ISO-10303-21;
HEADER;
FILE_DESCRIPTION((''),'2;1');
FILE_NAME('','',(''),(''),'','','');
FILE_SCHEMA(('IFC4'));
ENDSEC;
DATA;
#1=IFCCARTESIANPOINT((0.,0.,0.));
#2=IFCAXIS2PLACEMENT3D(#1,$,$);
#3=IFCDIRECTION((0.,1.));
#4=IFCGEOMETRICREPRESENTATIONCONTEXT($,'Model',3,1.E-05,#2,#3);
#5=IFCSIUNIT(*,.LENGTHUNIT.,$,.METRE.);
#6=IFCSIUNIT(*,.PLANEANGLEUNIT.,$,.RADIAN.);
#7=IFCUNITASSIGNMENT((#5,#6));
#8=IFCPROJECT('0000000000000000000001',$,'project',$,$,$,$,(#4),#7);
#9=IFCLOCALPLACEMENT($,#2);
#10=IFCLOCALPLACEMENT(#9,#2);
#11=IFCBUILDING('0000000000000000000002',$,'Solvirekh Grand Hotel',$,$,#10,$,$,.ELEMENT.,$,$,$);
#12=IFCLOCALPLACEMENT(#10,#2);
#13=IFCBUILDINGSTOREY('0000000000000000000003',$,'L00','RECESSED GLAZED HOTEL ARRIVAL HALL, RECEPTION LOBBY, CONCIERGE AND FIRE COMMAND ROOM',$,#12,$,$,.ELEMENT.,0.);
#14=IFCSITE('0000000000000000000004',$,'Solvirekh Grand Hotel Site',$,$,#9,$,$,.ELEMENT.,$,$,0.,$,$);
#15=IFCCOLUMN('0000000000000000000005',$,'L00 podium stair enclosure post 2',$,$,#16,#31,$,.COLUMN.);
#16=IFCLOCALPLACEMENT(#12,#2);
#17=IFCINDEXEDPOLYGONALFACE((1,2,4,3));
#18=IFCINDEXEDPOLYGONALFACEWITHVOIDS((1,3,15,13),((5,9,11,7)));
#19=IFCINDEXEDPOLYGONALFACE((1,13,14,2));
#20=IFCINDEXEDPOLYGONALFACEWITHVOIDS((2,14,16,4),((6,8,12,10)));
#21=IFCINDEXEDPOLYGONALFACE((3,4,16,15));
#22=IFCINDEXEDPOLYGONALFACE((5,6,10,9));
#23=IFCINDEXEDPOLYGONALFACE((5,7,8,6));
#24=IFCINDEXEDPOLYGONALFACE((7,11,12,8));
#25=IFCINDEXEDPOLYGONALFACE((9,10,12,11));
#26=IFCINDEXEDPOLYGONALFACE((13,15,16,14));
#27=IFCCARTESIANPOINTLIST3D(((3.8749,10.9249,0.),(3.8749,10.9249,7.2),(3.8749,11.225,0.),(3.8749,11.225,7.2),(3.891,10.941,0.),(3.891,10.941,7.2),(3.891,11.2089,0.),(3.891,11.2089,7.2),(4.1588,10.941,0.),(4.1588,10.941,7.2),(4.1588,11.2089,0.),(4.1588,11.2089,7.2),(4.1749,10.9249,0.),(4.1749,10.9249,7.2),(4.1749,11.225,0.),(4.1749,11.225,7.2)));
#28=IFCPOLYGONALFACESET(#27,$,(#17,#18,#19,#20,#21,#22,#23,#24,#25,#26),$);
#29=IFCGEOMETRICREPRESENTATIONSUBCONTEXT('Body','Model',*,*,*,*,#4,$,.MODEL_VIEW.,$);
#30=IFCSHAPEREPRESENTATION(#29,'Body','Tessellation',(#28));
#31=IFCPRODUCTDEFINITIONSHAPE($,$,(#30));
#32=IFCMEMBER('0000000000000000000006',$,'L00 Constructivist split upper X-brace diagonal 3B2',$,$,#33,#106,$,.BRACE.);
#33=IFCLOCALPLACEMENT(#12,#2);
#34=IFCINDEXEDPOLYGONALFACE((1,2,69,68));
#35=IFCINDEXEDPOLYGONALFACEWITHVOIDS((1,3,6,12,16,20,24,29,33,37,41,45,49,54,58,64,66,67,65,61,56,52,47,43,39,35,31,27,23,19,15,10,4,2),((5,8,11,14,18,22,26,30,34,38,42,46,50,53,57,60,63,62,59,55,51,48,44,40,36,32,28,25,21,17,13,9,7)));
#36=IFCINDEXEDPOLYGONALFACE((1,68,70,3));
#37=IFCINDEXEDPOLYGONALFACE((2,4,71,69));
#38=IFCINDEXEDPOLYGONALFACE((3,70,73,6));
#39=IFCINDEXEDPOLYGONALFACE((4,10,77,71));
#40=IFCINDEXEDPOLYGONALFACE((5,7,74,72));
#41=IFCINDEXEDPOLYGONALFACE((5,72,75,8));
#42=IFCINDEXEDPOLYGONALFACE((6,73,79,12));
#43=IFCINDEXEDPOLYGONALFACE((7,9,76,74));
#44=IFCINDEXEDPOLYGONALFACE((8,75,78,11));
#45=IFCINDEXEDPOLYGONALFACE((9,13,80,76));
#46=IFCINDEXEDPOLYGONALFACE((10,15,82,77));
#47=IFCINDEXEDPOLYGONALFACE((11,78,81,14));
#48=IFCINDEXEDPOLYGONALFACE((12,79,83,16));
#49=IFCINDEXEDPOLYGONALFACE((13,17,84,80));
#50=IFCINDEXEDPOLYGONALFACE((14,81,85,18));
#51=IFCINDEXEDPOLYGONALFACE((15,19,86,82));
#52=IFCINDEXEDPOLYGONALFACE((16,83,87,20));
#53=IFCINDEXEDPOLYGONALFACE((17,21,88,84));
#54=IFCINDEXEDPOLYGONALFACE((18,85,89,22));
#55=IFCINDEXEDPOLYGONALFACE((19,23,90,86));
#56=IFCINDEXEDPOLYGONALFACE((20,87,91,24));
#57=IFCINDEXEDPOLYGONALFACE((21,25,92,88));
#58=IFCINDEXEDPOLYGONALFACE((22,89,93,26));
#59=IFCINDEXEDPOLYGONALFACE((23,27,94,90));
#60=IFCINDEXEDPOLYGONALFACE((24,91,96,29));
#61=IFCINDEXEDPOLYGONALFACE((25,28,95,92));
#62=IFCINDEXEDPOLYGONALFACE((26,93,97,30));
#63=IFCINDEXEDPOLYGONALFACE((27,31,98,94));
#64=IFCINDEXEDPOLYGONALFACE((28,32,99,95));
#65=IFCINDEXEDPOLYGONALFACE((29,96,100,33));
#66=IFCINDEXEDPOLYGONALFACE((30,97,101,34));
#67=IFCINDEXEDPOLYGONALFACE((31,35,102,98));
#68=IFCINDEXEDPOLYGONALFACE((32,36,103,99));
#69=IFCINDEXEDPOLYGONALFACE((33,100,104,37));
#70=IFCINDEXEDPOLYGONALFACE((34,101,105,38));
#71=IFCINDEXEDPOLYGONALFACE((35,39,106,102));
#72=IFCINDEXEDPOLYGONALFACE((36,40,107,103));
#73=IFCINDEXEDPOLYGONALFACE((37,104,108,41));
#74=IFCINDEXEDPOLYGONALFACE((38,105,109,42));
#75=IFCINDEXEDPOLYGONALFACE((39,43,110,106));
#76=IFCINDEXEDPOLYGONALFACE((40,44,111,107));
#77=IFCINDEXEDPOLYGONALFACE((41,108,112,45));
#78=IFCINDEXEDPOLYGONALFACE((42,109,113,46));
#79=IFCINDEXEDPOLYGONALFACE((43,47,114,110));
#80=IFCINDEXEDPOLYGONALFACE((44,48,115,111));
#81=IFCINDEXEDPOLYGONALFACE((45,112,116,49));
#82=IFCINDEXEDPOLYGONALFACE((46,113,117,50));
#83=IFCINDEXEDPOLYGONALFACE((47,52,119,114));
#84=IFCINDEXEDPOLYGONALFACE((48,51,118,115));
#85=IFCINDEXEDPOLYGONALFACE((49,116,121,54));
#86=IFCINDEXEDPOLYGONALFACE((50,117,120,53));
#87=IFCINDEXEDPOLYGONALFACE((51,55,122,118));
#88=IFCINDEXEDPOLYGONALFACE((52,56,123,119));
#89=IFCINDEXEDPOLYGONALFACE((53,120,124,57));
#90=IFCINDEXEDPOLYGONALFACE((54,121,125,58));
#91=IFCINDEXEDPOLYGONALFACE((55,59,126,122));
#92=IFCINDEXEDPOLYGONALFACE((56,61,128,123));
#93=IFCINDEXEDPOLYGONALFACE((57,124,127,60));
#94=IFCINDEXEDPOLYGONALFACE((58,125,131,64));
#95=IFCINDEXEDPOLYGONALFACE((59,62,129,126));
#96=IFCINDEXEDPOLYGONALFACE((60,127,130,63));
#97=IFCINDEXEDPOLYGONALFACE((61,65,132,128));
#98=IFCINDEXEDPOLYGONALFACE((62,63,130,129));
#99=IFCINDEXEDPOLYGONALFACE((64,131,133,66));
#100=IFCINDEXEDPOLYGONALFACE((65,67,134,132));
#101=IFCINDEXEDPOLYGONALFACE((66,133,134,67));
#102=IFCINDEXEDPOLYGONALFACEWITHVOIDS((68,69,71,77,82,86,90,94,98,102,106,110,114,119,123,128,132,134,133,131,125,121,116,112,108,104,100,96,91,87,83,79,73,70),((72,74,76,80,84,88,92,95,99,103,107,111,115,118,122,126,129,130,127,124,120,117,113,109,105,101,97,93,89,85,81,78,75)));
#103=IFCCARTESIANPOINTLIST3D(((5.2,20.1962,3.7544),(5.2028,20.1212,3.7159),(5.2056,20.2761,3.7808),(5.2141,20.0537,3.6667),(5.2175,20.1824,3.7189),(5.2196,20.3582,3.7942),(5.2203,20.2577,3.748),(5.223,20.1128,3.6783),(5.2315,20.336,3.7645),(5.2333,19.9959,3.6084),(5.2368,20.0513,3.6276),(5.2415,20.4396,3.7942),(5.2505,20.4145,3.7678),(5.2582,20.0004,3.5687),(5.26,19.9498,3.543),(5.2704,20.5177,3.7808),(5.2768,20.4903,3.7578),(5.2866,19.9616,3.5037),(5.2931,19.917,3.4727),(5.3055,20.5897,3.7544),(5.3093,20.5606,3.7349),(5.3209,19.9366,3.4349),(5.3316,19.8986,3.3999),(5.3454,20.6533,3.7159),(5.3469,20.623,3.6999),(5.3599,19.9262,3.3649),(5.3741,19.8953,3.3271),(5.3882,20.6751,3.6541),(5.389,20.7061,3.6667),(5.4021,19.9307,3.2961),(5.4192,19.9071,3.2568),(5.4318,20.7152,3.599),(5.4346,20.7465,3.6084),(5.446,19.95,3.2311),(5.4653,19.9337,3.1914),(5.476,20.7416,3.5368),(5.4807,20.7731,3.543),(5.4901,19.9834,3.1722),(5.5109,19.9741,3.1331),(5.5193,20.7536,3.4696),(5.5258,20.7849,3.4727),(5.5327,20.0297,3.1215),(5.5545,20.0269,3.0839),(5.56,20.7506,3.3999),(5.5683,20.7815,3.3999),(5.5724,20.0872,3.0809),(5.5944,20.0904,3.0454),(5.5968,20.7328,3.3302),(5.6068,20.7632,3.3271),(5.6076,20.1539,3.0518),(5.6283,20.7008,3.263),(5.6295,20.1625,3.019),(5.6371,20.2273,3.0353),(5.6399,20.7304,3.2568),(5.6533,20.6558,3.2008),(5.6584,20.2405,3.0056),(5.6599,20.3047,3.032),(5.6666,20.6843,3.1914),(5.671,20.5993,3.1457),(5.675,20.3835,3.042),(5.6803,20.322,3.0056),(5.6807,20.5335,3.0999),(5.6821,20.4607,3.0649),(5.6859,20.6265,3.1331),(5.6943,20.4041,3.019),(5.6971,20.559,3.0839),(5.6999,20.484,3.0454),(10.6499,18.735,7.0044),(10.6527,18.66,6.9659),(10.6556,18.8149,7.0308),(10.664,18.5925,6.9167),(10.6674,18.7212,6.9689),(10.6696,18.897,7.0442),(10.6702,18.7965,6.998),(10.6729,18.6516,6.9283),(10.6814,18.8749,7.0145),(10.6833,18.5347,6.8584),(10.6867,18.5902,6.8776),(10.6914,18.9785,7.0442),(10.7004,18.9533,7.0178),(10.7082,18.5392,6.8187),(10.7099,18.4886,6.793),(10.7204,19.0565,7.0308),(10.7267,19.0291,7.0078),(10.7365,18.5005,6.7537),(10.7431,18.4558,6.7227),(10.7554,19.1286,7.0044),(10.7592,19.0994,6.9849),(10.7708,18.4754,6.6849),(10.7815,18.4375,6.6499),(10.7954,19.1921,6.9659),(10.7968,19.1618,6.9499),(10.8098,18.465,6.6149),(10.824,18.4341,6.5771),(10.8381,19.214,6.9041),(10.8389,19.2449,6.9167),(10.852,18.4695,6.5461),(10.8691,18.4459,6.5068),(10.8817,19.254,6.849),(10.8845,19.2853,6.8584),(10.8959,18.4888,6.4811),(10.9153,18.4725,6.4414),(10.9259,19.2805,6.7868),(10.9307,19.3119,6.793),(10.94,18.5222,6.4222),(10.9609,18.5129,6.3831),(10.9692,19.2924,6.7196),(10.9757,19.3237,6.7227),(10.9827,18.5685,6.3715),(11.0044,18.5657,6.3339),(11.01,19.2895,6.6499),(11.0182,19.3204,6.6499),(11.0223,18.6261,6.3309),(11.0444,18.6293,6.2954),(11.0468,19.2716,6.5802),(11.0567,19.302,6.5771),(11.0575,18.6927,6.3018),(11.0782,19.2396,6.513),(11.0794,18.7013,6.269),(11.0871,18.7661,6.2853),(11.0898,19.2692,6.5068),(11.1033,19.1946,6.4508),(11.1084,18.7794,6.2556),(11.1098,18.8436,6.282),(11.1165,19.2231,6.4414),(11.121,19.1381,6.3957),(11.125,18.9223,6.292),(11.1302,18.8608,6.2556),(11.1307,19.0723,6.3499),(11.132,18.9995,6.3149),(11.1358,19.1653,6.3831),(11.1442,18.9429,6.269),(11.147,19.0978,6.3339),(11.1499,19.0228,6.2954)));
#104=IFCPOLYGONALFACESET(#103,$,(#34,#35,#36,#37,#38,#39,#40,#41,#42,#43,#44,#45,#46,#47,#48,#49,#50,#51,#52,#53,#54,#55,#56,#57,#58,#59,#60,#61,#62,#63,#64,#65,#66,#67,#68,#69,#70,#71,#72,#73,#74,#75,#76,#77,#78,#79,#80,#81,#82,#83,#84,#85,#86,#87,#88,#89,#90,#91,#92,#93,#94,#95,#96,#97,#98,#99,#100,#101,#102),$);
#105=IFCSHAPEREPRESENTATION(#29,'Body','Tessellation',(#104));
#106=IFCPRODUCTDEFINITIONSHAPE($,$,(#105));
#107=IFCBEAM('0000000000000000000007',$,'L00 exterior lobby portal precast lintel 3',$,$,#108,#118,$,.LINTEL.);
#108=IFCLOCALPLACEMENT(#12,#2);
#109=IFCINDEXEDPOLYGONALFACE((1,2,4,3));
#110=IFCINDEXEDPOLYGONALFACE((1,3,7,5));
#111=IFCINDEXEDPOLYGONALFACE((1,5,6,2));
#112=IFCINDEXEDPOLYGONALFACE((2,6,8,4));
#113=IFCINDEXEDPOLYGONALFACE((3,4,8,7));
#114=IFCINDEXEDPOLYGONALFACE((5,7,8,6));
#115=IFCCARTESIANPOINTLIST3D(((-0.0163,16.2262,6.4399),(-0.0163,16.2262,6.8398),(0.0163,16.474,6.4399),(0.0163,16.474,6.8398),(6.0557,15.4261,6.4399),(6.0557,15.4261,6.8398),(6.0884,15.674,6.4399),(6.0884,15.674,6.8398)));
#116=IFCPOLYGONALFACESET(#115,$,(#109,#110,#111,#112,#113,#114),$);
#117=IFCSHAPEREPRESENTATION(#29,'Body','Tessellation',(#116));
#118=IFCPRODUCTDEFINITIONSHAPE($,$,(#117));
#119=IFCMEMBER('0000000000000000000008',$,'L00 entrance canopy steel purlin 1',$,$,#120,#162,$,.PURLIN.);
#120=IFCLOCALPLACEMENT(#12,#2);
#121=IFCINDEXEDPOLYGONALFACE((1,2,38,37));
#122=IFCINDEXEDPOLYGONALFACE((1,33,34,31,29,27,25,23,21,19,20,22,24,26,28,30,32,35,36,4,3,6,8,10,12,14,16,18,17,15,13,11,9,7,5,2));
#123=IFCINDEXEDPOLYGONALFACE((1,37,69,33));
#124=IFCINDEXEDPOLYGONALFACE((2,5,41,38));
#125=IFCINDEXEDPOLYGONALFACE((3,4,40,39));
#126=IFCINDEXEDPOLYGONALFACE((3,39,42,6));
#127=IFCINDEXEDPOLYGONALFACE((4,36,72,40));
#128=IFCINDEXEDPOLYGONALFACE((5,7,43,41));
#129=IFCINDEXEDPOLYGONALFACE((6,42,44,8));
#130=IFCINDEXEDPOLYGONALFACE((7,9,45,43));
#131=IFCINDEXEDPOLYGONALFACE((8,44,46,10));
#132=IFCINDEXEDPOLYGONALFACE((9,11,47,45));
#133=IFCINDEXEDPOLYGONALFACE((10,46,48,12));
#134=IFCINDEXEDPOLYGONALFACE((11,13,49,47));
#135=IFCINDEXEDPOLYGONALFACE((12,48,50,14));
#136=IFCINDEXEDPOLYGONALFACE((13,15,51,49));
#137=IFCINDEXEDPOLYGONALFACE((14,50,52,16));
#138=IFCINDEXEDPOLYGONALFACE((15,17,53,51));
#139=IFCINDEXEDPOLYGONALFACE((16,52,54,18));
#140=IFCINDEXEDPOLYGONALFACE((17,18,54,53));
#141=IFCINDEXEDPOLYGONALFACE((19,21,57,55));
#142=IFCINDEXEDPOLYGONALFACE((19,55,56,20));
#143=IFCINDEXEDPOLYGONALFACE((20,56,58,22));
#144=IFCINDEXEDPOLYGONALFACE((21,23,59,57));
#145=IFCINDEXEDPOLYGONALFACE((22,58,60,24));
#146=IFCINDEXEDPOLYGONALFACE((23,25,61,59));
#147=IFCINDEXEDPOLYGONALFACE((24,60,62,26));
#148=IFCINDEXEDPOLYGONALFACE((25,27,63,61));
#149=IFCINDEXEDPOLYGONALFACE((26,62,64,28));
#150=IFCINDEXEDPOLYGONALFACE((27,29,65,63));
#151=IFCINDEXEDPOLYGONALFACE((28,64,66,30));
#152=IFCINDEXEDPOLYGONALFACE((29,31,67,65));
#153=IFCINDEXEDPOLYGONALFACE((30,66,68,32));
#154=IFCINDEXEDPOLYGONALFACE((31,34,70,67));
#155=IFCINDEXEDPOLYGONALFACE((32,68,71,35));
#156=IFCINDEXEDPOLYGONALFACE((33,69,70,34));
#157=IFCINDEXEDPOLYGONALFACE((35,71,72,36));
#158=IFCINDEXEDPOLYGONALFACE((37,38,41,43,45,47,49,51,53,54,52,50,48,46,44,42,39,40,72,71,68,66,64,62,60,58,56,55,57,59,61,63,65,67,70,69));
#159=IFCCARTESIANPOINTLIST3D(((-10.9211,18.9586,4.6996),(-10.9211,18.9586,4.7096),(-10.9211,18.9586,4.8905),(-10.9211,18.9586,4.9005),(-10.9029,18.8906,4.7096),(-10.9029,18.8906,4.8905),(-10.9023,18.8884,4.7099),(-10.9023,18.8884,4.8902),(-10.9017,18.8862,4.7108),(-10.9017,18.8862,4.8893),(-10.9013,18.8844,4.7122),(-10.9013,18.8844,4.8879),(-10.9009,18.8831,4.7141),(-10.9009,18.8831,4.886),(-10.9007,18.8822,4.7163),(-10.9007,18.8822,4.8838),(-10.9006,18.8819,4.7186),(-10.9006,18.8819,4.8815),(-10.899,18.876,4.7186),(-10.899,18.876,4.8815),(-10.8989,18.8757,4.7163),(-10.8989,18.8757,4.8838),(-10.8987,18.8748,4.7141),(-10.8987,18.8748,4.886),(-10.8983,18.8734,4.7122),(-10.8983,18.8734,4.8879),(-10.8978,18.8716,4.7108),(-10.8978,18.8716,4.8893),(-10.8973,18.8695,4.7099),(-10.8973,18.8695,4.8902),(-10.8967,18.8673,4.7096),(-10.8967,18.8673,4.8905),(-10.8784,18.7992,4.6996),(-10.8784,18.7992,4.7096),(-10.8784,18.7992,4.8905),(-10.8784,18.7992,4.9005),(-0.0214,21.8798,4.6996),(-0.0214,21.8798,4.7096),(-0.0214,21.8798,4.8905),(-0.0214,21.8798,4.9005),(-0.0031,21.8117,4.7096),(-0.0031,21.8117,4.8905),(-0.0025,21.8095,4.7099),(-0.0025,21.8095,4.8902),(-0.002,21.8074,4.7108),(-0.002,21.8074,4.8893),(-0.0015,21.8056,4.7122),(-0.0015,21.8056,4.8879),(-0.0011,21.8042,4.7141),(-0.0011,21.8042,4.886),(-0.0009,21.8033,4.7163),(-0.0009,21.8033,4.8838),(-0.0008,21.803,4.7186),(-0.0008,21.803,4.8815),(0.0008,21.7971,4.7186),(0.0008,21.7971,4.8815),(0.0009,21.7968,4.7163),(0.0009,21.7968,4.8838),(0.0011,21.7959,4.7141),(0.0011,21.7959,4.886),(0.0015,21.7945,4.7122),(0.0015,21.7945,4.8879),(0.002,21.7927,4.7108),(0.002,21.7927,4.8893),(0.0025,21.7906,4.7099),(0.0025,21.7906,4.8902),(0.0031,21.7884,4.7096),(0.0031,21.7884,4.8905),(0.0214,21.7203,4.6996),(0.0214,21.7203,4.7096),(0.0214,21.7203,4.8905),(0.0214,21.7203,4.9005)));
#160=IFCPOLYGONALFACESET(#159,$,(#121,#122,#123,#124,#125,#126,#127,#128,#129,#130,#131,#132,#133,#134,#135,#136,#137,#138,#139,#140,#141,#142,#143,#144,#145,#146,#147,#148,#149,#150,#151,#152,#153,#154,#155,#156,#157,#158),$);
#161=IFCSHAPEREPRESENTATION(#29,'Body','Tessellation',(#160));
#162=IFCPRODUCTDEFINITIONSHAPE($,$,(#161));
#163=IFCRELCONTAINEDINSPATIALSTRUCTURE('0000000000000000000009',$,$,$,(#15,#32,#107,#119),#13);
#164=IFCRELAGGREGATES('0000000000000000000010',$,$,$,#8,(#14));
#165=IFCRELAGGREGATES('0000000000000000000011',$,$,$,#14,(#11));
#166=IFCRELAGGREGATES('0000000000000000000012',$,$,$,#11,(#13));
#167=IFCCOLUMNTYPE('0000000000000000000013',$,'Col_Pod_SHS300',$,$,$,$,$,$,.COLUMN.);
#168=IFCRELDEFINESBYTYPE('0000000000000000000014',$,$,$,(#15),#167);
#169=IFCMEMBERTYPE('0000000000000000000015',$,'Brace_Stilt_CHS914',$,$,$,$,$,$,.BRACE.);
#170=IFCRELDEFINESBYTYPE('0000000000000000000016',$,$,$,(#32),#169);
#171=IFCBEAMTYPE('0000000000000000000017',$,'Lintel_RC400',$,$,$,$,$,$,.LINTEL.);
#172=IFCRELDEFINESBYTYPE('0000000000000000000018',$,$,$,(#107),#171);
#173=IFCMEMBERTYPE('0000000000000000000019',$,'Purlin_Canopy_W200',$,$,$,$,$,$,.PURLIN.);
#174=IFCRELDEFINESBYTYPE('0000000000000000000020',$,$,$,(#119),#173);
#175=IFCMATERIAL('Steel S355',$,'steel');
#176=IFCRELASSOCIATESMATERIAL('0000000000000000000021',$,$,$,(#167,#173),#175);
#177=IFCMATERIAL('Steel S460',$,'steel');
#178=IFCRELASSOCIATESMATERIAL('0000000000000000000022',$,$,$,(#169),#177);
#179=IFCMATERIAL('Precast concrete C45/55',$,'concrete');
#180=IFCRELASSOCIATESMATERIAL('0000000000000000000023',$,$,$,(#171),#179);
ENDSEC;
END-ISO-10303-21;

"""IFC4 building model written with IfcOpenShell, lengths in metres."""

from ifc_helpers import new_model, si_unit, direction, frame, origin, origin_2d, place, context, subcontext, project, spatial, rectangle, hollow_rectangle, hollow_circle, i_section, extrude, material, material_profile, profile_set, type_object, element, save


model = new_model("IFC4")

# Units and contexts
model_context = context("Model", 3, precision=1e-05, world=origin(), true_north=direction((0.0, 1.0)))
body_context = subcontext(model_context, "Body", "Model", "MODEL_VIEW")
ifc_project = project(units=[si_unit("LENGTHUNIT", "METRE"), si_unit("PLANEANGLEUNIT", "RADIAN")], contexts=[model_context])

# Site, building, storey
site_placement = place(None, origin())
site = spatial("IfcSite", under=ifc_project, at=site_placement, Name="Solvirekh Grand Hotel Site", CompositionType="ELEMENT", RefElevation=0.0)
building_placement = place(site_placement, origin())
building = spatial("IfcBuilding", under=site, at=building_placement, Name="Solvirekh Grand Hotel", CompositionType="ELEMENT")
storey_placement = place(building_placement, origin())
storey = spatial("IfcBuildingStorey", under=building, at=storey_placement, Name="L00", Description="RECESSED GLAZED HOTEL ARRIVAL HALL, RECEPTION LOBBY, CONCIERGE AND FIRE COMMAND ROOM", CompositionType="ELEMENT", Elevation=0.0)

# Column
ifc_material_1 = material(Name="Steel S355", Category="steel")
ifc_material_profile_1 = material_profile(ifc_material_1, hollow_rectangle(XDim=0.3, YDim=0.3, WallThickness=0.0161, at=origin_2d()), Name="SHS 300X300X16")
ifc_profile_set_1 = profile_set([ifc_material_profile_1], Name="Steel S355")
column_type = type_object("IfcColumnType", Name="Col_Pod_SHS300", PredefinedType="COLUMN", material=ifc_profile_set_1)
column_placement = place(storey_placement, frame((4.0249, 11.075, 0.0), z_axis=(0.0, 0.0, 1.0), x_axis=(1.0, 0.0, 0.0)))
element("IfcColumn", 1, at=column_placement, inside=storey, type_object=column_type, Name="L00 podium stair enclosure post 2", PredefinedType="COLUMN", context=body_context, shape_type="SweptSolid", body=[
    extrude(hollow_rectangle(XDim=0.3, YDim=0.3, WallThickness=0.0161, at=origin_2d()), origin(), (0.0, 0.0, 1.0), 7.2),
])

# Member
ifc_material_2 = material(Name="Steel S460", Category="steel")
ifc_material_profile_2 = material_profile(ifc_material_2, hollow_circle(Radius=0.457, WallThickness=0.032, at=origin_2d()), Name="CHS 914X32")
ifc_profile_set_2 = profile_set([ifc_material_profile_2], Name="Steel S460")
member_type_1 = type_object("IfcMemberType", Name="Brace_Stilt_CHS914", PredefinedType="BRACE", material=ifc_profile_set_2)
member_1_placement = place(storey_placement, frame((5.45, 20.3401, 3.3999), z_axis=(0.836974, -0.2244, 0.499118), x_axis=(0.258963, 0.965887, 0.0)))
element("IfcMember", 2, at=member_1_placement, inside=storey, type_object=member_type_1, Name="L00 Constructivist split upper X-brace diagonal 3B2", PredefinedType="BRACE", context=body_context, shape_type="SweptSolid", body=[
    extrude(hollow_circle(Radius=0.457, WallThickness=0.032, at=origin_2d()), origin(), (0.0, 0.0, 1.0), 6.5115),
])

# Beam
ifc_material_3 = material(Name="Precast concrete C45/55", Category="concrete")
ifc_material_profile_3 = material_profile(ifc_material_3, rectangle(XDim=0.25, YDim=0.3999, at=origin_2d()), Name="RC LINTEL 250X400")
ifc_profile_set_3 = profile_set([ifc_material_profile_3], Name="Precast concrete C45/55")
beam_type_1 = type_object("IfcBeamType", Name="Lintel_RC400", PredefinedType="LINTEL", material=ifc_profile_set_3)
beam_1_placement = place(storey_placement, frame((0.0, 16.3501, 6.6399), z_axis=(0.991431, -0.130631, 0.0), x_axis=(0.130631, 0.991431, 0.0)))
element("IfcBeam", 3, at=beam_1_placement, inside=storey, type_object=beam_type_1, Name="L00 exterior lobby portal precast lintel 3", PredefinedType="LINTEL", context=body_context, shape_type="SweptSolid", body=[
    extrude(rectangle(XDim=0.25, YDim=0.3999, at=origin_2d()), origin(), (0.0, 0.0, 1.0), 6.1245),
])

# Member
ifc_material_profile_4 = material_profile(ifc_material_1, i_section(OverallWidth=0.165, OverallDepth=0.2009, WebThickness=0.0061, FlangeThickness=0.01, FilletRadius=0.009, at=origin_2d()), Name="W200X36")
ifc_profile_set_4 = profile_set([ifc_material_profile_4], Name="Steel S355")
member_type_2 = type_object("IfcMemberType", Name="Purlin_Canopy_W200", PredefinedType="PURLIN", material=ifc_profile_set_4)
member_2_placement = place(storey_placement, frame((0.0, 21.8, 4.8), z_axis=(-0.965914, -0.258862, 0.0), x_axis=(0.258862, -0.965914, 0.0)))
element("IfcMember", 4, at=member_2_placement, inside=storey, type_object=member_type_2, Name="L00 entrance canopy steel purlin 1", PredefinedType="PURLIN", context=body_context, shape_type="SweptSolid", body=[
    extrude(i_section(OverallWidth=0.165, OverallDepth=0.2009, WebThickness=0.0061, FlangeThickness=0.01, FilletRadius=0.009, at=origin_2d()), origin(), (0.0, 0.0, 1.0), 11.2844),
])

save(model, "model.ifc")
